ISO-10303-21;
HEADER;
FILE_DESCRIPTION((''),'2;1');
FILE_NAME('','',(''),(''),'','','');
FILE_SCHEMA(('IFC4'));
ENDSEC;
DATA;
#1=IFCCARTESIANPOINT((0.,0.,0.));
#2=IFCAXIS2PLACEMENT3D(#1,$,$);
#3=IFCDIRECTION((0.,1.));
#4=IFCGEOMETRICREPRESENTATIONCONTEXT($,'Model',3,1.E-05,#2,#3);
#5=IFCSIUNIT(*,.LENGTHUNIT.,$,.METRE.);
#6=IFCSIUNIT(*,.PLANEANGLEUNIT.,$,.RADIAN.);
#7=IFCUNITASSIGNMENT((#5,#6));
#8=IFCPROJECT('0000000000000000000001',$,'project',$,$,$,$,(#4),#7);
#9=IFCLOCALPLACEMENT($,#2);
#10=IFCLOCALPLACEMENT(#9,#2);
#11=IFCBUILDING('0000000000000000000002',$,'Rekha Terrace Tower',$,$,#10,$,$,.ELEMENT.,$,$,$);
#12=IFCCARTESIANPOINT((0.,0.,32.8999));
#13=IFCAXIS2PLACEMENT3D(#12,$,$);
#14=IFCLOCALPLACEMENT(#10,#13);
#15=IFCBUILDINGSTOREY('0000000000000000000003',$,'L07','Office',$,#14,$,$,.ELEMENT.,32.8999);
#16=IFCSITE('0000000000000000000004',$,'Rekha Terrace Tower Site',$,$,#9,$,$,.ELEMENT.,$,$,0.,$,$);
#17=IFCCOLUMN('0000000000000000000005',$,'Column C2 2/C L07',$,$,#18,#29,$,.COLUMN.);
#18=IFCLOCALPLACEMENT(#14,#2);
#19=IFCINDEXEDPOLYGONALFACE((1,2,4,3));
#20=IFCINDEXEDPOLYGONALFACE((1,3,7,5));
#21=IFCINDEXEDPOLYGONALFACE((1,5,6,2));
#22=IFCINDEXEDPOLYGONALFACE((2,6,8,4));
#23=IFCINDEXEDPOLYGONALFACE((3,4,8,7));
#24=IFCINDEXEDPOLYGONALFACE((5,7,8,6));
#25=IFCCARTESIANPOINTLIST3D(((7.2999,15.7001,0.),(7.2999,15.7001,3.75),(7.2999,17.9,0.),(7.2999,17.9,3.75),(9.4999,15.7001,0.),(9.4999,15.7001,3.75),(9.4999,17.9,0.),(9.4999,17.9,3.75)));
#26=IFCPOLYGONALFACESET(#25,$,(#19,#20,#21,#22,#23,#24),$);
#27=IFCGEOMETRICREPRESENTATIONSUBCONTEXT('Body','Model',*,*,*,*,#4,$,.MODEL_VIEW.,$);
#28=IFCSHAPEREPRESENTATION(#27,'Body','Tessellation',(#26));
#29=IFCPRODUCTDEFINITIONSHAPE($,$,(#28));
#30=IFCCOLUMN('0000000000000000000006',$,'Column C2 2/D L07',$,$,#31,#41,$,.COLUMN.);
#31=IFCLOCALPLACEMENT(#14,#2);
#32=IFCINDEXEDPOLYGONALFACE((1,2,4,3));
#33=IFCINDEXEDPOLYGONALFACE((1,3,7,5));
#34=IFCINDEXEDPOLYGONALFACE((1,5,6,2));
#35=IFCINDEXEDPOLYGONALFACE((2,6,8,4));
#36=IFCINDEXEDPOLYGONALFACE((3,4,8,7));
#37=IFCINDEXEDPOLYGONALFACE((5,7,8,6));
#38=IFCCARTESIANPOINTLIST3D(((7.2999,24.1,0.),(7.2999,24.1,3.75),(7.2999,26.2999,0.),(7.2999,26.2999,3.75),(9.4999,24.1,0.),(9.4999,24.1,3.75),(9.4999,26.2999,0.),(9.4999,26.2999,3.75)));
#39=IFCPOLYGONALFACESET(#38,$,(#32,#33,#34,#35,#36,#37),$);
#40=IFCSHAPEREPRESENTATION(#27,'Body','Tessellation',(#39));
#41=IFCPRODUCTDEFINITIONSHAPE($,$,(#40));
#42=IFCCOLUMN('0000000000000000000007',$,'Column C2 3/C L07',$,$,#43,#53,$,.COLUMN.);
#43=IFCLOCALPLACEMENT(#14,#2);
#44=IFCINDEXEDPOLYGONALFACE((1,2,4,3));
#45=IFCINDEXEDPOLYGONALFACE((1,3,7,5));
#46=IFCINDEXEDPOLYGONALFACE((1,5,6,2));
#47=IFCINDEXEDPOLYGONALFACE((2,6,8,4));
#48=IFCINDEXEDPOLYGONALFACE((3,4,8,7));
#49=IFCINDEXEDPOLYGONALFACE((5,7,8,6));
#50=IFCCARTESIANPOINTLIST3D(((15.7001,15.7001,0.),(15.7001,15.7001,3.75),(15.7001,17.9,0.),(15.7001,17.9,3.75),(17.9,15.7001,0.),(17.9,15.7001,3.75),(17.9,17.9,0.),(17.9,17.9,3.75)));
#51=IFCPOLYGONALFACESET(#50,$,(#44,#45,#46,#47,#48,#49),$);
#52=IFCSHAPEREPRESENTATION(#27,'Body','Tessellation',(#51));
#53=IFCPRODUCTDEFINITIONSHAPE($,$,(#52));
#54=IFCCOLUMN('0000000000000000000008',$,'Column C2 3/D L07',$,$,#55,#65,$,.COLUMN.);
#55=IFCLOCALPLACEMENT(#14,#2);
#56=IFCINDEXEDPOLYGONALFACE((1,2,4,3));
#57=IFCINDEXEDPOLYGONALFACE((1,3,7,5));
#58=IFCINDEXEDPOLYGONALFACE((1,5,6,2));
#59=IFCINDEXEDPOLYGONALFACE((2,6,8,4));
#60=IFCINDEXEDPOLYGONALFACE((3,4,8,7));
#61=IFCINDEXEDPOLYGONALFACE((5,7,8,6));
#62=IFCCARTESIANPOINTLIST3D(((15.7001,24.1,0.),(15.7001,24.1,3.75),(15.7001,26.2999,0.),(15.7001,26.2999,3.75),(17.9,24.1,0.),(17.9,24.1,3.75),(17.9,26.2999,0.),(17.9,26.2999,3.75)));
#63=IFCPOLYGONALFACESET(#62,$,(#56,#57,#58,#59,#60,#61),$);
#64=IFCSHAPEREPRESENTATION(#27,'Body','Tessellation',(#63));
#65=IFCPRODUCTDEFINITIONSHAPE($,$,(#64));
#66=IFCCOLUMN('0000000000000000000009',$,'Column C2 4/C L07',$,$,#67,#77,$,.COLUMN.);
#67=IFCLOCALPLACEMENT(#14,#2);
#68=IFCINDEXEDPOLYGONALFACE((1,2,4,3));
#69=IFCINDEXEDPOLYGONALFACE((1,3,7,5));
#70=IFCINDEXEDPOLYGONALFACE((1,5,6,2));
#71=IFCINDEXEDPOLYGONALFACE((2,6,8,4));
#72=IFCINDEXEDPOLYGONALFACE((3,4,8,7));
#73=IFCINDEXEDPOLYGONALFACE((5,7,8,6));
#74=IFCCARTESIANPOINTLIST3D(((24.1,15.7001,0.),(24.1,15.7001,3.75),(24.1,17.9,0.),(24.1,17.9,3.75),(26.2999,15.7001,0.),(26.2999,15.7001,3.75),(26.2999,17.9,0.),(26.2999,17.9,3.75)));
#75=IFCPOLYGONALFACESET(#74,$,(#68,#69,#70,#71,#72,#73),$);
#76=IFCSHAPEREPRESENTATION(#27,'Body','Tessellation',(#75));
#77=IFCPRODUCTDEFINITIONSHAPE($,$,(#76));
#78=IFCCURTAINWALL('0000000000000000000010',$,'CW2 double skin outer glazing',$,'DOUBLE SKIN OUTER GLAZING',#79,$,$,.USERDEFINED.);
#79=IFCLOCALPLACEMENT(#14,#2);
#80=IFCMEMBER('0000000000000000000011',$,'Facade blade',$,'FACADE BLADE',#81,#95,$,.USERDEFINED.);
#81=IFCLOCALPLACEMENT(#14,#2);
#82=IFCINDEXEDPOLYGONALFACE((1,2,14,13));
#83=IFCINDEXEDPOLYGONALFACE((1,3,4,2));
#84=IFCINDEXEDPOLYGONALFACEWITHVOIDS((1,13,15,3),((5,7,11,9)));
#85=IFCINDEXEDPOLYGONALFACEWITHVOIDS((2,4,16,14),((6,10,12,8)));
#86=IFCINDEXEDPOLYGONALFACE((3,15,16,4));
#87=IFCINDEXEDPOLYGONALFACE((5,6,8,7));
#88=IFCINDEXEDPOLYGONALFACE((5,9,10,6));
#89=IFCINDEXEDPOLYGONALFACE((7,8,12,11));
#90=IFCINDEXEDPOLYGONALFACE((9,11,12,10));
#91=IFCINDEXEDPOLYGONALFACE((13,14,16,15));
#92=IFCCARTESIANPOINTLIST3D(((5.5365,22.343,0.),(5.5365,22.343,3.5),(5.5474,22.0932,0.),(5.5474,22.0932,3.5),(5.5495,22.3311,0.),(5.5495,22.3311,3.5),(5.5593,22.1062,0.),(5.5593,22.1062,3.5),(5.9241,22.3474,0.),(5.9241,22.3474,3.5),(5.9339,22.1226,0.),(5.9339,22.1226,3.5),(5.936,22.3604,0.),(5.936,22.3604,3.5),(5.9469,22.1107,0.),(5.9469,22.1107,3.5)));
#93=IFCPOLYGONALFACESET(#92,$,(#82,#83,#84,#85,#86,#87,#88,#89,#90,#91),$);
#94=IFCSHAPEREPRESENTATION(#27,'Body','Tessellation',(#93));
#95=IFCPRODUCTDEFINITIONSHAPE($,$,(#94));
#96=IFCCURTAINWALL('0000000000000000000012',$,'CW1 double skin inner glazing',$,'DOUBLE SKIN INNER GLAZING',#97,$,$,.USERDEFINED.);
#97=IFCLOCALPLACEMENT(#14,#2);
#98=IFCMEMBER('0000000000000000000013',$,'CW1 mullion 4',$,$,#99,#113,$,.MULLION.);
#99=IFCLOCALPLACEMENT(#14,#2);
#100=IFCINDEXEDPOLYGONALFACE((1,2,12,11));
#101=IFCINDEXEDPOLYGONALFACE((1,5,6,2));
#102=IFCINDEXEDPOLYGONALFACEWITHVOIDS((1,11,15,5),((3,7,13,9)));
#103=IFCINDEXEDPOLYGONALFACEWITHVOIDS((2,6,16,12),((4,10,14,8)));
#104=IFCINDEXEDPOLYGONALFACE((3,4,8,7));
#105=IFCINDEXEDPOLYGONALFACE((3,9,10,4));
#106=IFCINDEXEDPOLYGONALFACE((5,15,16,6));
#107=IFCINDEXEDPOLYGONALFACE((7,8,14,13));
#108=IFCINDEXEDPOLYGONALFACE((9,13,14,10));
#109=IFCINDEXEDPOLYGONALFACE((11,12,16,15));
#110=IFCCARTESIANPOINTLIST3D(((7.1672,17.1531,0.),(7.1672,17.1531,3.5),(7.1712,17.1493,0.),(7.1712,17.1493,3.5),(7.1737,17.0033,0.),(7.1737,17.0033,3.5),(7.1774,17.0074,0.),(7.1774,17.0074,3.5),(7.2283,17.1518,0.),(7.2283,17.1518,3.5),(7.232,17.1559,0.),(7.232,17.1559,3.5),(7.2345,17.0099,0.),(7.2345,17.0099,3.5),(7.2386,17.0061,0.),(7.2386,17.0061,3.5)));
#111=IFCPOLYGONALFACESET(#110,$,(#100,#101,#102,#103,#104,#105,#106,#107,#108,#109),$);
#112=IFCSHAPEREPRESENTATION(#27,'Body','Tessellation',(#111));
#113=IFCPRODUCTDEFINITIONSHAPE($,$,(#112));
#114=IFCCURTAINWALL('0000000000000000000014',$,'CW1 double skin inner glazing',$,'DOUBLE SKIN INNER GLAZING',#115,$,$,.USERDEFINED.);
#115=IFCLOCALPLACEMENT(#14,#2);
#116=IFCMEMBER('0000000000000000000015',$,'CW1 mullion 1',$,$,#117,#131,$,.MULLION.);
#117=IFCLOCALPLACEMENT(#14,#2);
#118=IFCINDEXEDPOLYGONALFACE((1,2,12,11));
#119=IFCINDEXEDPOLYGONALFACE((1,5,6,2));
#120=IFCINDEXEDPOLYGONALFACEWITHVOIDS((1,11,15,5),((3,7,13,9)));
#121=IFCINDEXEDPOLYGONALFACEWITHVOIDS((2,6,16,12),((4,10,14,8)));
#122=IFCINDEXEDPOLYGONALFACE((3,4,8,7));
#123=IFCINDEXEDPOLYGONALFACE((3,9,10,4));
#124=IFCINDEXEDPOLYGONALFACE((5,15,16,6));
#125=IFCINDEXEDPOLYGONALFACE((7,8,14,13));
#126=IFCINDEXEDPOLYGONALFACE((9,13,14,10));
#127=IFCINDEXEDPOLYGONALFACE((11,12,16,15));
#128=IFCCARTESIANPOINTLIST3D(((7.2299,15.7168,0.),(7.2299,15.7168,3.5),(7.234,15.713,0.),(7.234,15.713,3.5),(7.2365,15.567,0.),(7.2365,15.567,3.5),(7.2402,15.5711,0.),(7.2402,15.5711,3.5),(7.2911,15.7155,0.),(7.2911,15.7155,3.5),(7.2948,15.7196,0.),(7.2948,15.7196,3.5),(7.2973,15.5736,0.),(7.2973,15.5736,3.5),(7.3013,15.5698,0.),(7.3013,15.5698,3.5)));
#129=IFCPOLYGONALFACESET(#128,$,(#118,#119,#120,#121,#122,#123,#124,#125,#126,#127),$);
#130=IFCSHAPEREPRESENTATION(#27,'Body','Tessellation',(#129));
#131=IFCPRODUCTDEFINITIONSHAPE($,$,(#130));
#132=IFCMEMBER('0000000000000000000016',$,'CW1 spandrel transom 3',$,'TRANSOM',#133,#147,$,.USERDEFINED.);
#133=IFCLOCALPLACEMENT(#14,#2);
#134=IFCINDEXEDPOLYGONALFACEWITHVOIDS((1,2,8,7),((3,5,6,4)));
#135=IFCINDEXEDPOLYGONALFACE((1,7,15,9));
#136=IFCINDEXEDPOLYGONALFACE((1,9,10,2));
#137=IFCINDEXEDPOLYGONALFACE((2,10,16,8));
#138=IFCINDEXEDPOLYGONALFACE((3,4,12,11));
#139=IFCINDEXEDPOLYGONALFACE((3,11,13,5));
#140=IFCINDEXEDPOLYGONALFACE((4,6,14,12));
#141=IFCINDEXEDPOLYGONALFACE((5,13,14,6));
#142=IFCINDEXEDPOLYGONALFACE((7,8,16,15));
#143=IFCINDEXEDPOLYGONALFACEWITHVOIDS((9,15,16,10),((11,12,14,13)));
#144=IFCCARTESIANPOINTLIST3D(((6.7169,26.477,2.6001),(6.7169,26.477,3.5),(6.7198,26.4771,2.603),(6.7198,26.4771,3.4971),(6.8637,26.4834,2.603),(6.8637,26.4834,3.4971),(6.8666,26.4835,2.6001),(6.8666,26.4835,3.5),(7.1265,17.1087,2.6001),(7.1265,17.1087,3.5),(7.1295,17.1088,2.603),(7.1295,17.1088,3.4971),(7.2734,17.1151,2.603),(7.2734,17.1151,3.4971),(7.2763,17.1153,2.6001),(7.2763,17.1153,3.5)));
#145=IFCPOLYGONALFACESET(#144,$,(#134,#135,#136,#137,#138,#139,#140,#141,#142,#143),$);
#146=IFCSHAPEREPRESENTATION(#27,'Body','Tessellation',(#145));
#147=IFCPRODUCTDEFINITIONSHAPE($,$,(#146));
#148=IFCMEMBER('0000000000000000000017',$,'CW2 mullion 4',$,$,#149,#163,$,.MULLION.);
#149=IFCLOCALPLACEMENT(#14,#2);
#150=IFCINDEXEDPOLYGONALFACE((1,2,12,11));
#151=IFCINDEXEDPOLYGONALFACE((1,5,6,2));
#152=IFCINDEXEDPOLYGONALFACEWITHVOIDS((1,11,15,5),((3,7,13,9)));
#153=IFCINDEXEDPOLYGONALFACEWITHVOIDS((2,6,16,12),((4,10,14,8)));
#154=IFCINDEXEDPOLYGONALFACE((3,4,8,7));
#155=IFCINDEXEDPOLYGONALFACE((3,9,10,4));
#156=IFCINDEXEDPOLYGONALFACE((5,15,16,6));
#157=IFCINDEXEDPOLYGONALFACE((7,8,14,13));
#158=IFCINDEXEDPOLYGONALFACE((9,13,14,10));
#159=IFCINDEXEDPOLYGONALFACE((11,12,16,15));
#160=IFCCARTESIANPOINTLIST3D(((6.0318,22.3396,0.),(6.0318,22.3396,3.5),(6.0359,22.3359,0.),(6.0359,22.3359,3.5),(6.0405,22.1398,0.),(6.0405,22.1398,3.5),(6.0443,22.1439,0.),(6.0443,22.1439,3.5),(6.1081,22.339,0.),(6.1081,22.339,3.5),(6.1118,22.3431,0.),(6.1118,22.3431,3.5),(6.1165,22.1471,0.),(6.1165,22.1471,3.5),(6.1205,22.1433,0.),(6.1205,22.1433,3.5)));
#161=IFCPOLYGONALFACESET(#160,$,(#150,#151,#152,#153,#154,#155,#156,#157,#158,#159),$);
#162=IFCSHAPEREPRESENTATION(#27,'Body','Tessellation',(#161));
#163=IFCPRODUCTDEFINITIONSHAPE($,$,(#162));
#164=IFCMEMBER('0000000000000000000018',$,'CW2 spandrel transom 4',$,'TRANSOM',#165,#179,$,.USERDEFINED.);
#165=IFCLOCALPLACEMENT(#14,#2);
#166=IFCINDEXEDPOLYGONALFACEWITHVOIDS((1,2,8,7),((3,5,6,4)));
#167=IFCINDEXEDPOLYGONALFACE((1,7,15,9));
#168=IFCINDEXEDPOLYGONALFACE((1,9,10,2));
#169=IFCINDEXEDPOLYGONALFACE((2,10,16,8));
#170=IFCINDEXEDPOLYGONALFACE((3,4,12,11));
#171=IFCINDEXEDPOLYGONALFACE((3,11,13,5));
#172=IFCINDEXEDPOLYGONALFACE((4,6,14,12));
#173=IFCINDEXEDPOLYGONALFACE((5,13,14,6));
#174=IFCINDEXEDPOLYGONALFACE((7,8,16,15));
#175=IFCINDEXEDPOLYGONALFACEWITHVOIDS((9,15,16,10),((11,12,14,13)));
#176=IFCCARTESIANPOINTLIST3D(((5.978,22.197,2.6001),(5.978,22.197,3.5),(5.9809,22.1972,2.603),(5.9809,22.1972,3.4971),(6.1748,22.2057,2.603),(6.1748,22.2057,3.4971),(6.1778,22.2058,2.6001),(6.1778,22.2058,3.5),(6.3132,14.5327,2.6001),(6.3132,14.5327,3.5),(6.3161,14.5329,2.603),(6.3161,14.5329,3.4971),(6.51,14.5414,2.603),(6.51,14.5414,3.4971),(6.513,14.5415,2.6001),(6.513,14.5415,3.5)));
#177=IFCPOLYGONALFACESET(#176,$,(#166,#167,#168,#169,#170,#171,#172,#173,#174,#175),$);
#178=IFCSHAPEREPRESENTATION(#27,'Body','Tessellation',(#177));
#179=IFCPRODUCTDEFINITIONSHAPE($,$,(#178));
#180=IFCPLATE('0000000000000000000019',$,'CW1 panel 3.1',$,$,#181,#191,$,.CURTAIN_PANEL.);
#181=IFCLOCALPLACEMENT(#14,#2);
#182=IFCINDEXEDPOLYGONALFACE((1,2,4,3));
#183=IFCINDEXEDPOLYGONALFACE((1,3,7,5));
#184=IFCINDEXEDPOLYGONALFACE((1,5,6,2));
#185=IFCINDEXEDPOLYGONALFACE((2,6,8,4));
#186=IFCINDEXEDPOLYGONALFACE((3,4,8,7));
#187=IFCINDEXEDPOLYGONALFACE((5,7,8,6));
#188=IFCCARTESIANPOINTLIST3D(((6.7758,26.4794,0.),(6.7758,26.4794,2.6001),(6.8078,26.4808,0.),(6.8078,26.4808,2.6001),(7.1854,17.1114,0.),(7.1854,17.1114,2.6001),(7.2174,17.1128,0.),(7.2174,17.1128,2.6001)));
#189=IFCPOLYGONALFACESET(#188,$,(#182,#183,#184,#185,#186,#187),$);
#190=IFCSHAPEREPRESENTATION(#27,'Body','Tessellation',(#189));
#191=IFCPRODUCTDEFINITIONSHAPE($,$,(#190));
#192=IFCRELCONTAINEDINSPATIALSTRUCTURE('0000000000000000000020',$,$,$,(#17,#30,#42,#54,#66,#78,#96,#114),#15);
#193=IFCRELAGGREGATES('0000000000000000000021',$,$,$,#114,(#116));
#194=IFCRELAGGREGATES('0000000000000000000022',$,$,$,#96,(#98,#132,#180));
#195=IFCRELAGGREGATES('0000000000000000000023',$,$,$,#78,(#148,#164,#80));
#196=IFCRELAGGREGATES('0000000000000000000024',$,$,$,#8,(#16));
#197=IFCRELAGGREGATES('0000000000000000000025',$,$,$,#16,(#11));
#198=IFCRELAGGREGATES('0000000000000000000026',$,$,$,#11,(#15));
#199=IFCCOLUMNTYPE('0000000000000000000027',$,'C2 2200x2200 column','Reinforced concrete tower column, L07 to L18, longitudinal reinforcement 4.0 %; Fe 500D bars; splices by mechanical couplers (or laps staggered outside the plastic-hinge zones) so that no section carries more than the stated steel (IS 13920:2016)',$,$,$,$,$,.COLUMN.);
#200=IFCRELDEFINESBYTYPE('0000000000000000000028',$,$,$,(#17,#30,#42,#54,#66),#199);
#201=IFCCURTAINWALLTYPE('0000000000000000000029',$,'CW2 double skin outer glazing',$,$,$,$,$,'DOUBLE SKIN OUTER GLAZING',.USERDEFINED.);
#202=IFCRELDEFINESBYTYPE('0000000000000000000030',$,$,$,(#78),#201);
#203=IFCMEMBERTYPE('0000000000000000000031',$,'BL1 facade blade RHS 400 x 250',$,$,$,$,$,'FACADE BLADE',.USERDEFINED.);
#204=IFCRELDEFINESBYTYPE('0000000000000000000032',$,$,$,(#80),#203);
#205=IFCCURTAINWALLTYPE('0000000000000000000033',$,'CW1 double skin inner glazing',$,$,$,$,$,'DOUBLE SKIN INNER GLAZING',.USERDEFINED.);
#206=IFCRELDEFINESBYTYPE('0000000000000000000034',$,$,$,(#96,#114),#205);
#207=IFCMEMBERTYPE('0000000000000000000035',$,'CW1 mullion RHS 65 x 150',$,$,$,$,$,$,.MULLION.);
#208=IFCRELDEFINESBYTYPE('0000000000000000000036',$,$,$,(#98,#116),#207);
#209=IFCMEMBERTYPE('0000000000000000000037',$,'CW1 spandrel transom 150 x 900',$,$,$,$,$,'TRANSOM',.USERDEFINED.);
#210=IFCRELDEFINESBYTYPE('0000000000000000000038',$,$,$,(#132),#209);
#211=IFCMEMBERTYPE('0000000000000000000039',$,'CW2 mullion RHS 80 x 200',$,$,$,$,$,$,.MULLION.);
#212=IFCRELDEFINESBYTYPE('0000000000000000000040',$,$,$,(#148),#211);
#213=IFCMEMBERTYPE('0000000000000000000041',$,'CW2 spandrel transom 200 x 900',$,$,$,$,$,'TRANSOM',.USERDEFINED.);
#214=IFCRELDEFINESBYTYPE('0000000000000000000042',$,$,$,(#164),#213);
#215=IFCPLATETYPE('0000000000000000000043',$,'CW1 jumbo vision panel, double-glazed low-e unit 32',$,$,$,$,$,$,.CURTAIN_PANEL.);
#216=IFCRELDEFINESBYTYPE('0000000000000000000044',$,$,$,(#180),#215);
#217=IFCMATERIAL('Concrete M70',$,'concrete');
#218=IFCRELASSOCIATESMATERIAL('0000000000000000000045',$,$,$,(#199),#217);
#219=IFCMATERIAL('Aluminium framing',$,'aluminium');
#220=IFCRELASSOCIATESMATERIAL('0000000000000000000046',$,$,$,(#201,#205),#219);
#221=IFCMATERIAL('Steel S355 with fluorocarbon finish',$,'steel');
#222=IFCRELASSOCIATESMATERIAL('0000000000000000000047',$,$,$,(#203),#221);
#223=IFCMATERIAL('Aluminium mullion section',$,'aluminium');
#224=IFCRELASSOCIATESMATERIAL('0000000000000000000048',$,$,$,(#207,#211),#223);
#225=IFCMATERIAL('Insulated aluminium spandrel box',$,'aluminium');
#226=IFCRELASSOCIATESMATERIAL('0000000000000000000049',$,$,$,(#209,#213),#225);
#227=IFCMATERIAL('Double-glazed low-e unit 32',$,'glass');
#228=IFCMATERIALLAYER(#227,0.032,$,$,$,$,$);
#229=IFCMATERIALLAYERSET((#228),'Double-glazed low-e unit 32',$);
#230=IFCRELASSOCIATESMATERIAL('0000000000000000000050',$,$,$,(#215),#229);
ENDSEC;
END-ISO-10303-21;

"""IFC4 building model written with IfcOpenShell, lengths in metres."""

from ifc_helpers import new_model, si_unit, direction, frame, origin, origin_2d, place, context, subcontext, project, spatial, rectangle, hollow_rectangle, extrude, material, layer, layer_set, material_profile, profile_set, type_object, element, aggregate, save


model = new_model("IFC4")

# Units and contexts
model_context = context("Model", 3, precision=1e-05, world=origin(), true_north=direction((0.0, 1.0)))
body_context = subcontext(model_context, "Body", "Model", "MODEL_VIEW")
ifc_project = project(units=[si_unit("LENGTHUNIT", "METRE"), si_unit("PLANEANGLEUNIT", "RADIAN")], contexts=[model_context])

# Site, building, storey
site_placement = place(None, origin())
site = spatial("IfcSite", under=ifc_project, at=site_placement, Name="Rekha Terrace Tower Site", CompositionType="ELEMENT", RefElevation=0.0)
building_placement = place(site_placement, origin())
building = spatial("IfcBuilding", under=site, at=building_placement, Name="Rekha Terrace Tower", CompositionType="ELEMENT")
storey_placement = place(building_placement, frame((0.0, 0.0, 32.8999)))
storey = spatial("IfcBuildingStorey", under=building, at=storey_placement, Name="L07", Description="Office", CompositionType="ELEMENT", Elevation=32.8999)

# Columns
ifc_material_1 = material(Name="Concrete M70", Category="concrete")
ifc_material_profile_1 = material_profile(ifc_material_1, rectangle(XDim=2.2, YDim=2.2, at=origin_2d()), Name="RC 2200x2200")
ifc_profile_set_1 = profile_set([ifc_material_profile_1], Name="Concrete M70")
column_type = type_object("IfcColumnType", Name="C2 2200x2200 column", Description="Reinforced concrete tower column, L07 to L18, longitudinal reinforcement 4.0 %; Fe 500D bars; splices by mechanical couplers (or laps staggered outside the plastic-hinge zones) so that no section carries more than the stated steel (IS 13920:2016)", PredefinedType="COLUMN", material=ifc_profile_set_1)
for number, where, z_axis, x_axis, name in (
    (1, (8.3999, 16.8, 0.0), (0.0, 0.0, 1.0), (1.0, 0.0, 0.0), "Column C2 2/C L07"),
    (2, (8.3999, 25.2, 0.0), (0.0, 0.0, 1.0), (1.0, 0.0, 0.0), "Column C2 2/D L07"),
    (3, (16.8, 16.8, 0.0), (0.0, 0.0, 1.0), (1.0, 0.0, 0.0), "Column C2 3/C L07"),
    (4, (16.8, 25.2, 0.0), (0.0, 0.0, 1.0), (1.0, 0.0, 0.0), "Column C2 3/D L07"),
    (5, (25.2, 16.8, 0.0), (0.0, 0.0, 1.0), (1.0, 0.0, 0.0), "Column C2 4/C L07"),
):
    element("IfcColumn", number, at=place(storey_placement, frame(where, z_axis=z_axis, x_axis=x_axis)), inside=storey, type_object=column_type, Name=name, PredefinedType="COLUMN", context=body_context, shape_type="SweptSolid", body=[
        extrude(rectangle(XDim=2.2, YDim=2.2, at=origin_2d()), origin(), (0.0, 0.0, 1.0), 3.75),
    ])

# Curtain walls, members
ifc_material_2 = material(Name="Aluminium framing", Category="aluminium")
curtain_wall_type_1 = type_object("IfcCurtainWallType", Name="CW2 double skin outer glazing", ElementType="DOUBLE SKIN OUTER GLAZING", PredefinedType="USERDEFINED", material=ifc_material_2)
curtain_wall_1_placement = place(storey_placement, origin())
curtain_wall_1 = element("IfcCurtainWall", 6, at=curtain_wall_1_placement, inside=storey, type_object=curtain_wall_type_1, Name="CW2 double skin outer glazing", ObjectType="DOUBLE SKIN OUTER GLAZING", PredefinedType="USERDEFINED")
ifc_material_3 = material(Name="Steel S355 with fluorocarbon finish", Category="steel")
ifc_material_profile_2 = material_profile(ifc_material_3, hollow_rectangle(XDim=0.25, YDim=0.3999, WallThickness=0.0125, at=origin_2d()), Name="RHS400x250x12.5")
ifc_profile_set_2 = profile_set([ifc_material_profile_2], Name="Steel S355 with fluorocarbon finish")
member_type_1 = type_object("IfcMemberType", Name="BL1 facade blade RHS 400 x 250", ElementType="FACADE BLADE", PredefinedType="USERDEFINED", material=ifc_profile_set_2)
member_1_placement = place(storey_placement, frame((5.7417, 22.2268, 0.0), z_axis=(0.0, 0.0, 1.0), x_axis=(0.043682, -0.999045, 0.0)))
member_1 = element("IfcMember", 7, at=member_1_placement, type_object=member_type_1, Name="Facade blade", ObjectType="FACADE BLADE", PredefinedType="USERDEFINED", context=body_context, shape_type="SweptSolid", body=[
    extrude(hollow_rectangle(XDim=0.25, YDim=0.3999, WallThickness=0.0125, at=origin_2d()), origin(), (0.0, 0.0, 1.0), 3.5),
])
curtain_wall_type_2 = type_object("IfcCurtainWallType", Name="CW1 double skin inner glazing", ElementType="DOUBLE SKIN INNER GLAZING", PredefinedType="USERDEFINED", material=ifc_material_2)
curtain_wall_2_placement = place(storey_placement, origin())
curtain_wall_2 = element("IfcCurtainWall", 8, at=curtain_wall_2_placement, inside=storey, type_object=curtain_wall_type_2, Name="CW1 double skin inner glazing", ObjectType="DOUBLE SKIN INNER GLAZING", PredefinedType="USERDEFINED")
ifc_material_4 = material(Name="Aluminium mullion section", Category="aluminium")
ifc_material_profile_3 = material_profile(ifc_material_4, hollow_rectangle(XDim=0.0649, YDim=0.1499, WallThickness=0.0039, at=origin_2d()), Name="AL RHS 65x150")
ifc_profile_set_3 = profile_set([ifc_material_profile_3], Name="Aluminium mullion section")
member_type_2 = type_object("IfcMemberType", Name="CW1 mullion RHS 65 x 150", PredefinedType="MULLION", material=ifc_profile_set_3)
member_2_placement = place(storey_placement, frame((7.2029, 17.0796, 0.0), z_axis=(0.0, 0.0, 1.0), x_axis=(0.999045, 0.043683, 0.0)))
member_2 = element("IfcMember", 9, at=member_2_placement, type_object=member_type_2, Name="CW1 mullion 4", PredefinedType="MULLION", context=body_context, shape_type="SweptSolid", body=[
    extrude(hollow_rectangle(XDim=0.0649, YDim=0.1499, WallThickness=0.0039, at=origin_2d()), origin(), (0.0, 0.0, 1.0), 3.5),
])
curtain_wall_3_placement = place(storey_placement, origin())
curtain_wall_3 = element("IfcCurtainWall", 10, at=curtain_wall_3_placement, inside=storey, type_object=curtain_wall_type_2, Name="CW1 double skin inner glazing", ObjectType="DOUBLE SKIN INNER GLAZING", PredefinedType="USERDEFINED")
member_3_placement = place(storey_placement, frame((7.2656, 15.6433, 0.0), z_axis=(0.0, 0.0, 1.0), x_axis=(0.999045, 0.043683, 0.0)))
member_3 = element("IfcMember", 11, at=member_3_placement, type_object=member_type_2, Name="CW1 mullion 1", PredefinedType="MULLION", context=body_context, shape_type="SweptSolid", body=[
    extrude(hollow_rectangle(XDim=0.0649, YDim=0.1499, WallThickness=0.0039, at=origin_2d()), origin(), (0.0, 0.0, 1.0), 3.5),
])
aggregate(curtain_wall_3, [member_3])

# Members
ifc_material_5 = material(Name="Insulated aluminium spandrel box", Category="aluminium")
ifc_material_profile_4 = material_profile(ifc_material_5, hollow_rectangle(XDim=0.1499, YDim=0.8999, WallThickness=0.0029, at=origin_2d()), Name="AL SPANDREL BOX 150x900")
ifc_profile_set_4 = profile_set([ifc_material_profile_4], Name="Insulated aluminium spandrel box")
member_type_3 = type_object("IfcMemberType", Name="CW1 spandrel transom 150 x 900", ElementType="TRANSOM", PredefinedType="USERDEFINED", material=ifc_profile_set_4)
member_4_placement = place(storey_placement, frame((6.7917, 26.4802, 3.05), z_axis=(0.043688, -0.999045, 0.0), x_axis=(0.999045, 0.043688, 0.0)))
member_4 = element("IfcMember", 12, at=member_4_placement, type_object=member_type_3, Name="CW1 spandrel transom 3", ObjectType="TRANSOM", PredefinedType="USERDEFINED", context=body_context, shape_type="SweptSolid", body=[
    extrude(hollow_rectangle(XDim=0.1499, YDim=0.8999, WallThickness=0.0029, at=origin_2d()), origin(), (0.0, 0.0, 1.0), 9.3772),
])
ifc_material_profile_5 = material_profile(ifc_material_4, hollow_rectangle(XDim=0.0801, YDim=0.2, WallThickness=0.0039, at=origin_2d()), Name="AL RHS 80x200")
ifc_profile_set_5 = profile_set([ifc_material_profile_5], Name="Aluminium mullion section")
member_type_4 = type_object("IfcMemberType", Name="CW2 mullion RHS 80 x 200", PredefinedType="MULLION", material=ifc_profile_set_5)
member_5_placement = place(storey_placement, frame((6.0762, 22.2415, 0.0), z_axis=(0.0, 0.0, 1.0), x_axis=(0.999045, 0.043683, 0.0)))
member_5 = element("IfcMember", 13, at=member_5_placement, type_object=member_type_4, Name="CW2 mullion 4", PredefinedType="MULLION", context=body_context, shape_type="SweptSolid", body=[
    extrude(hollow_rectangle(XDim=0.0801, YDim=0.2, WallThickness=0.0039, at=origin_2d()), origin(), (0.0, 0.0, 1.0), 3.5),
])
ifc_material_profile_6 = material_profile(ifc_material_5, hollow_rectangle(XDim=0.2, YDim=0.8999, WallThickness=0.0029, at=origin_2d()), Name="AL SPANDREL BOX 200x900")
ifc_profile_set_6 = profile_set([ifc_material_profile_6], Name="Insulated aluminium spandrel box")
member_type_5 = type_object("IfcMemberType", Name="CW2 spandrel transom 200 x 900", ElementType="TRANSOM", PredefinedType="USERDEFINED", material=ifc_profile_set_6)
member_6_placement = place(storey_placement, frame((6.0779, 22.2014, 3.05), z_axis=(0.043694, -0.999045, 0.0), x_axis=(0.999045, 0.043694, 0.0)))
member_6 = element("IfcMember", 14, at=member_6_placement, type_object=member_type_5, Name="CW2 spandrel transom 4", ObjectType="TRANSOM", PredefinedType="USERDEFINED", context=body_context, shape_type="SweptSolid", body=[
    extrude(hollow_rectangle(XDim=0.2, YDim=0.8999, WallThickness=0.0029, at=origin_2d()), origin(), (0.0, 0.0, 1.0), 7.6716),
])

# Plate
ifc_material_6 = material(Name="Double-glazed low-e unit 32", Category="glass")
ifc_layer_1 = layer(ifc_material_6, 0.032)
ifc_layer_set_1 = layer_set([ifc_layer_1], Name="Double-glazed low-e unit 32")
plate_type_1 = type_object("IfcPlateType", Name="CW1 jumbo vision panel, double-glazed low-e unit 32", PredefinedType="CURTAIN_PANEL", material=ifc_layer_set_1)
plate_1_placement = place(storey_placement, frame((6.9966, 21.7961, 0.0), z_axis=(0.0, 0.0, 1.0), x_axis=(0.043683, -0.999045, 0.0)))
plate_1 = element("IfcPlate", 15, at=plate_1_placement, type_object=plate_type_1, Name="CW1 panel 3.1", PredefinedType="CURTAIN_PANEL", context=body_context, shape_type="SweptSolid", body=[
    extrude(rectangle(XDim=9.377, YDim=0.032, at=origin_2d()), origin(), (0.0, 0.0, 1.0), 2.6001),
])
aggregate(curtain_wall_2, [member_2, member_4, plate_1])
aggregate(curtain_wall_1, [member_5, member_6, member_1])

save(model, "model.ifc")
